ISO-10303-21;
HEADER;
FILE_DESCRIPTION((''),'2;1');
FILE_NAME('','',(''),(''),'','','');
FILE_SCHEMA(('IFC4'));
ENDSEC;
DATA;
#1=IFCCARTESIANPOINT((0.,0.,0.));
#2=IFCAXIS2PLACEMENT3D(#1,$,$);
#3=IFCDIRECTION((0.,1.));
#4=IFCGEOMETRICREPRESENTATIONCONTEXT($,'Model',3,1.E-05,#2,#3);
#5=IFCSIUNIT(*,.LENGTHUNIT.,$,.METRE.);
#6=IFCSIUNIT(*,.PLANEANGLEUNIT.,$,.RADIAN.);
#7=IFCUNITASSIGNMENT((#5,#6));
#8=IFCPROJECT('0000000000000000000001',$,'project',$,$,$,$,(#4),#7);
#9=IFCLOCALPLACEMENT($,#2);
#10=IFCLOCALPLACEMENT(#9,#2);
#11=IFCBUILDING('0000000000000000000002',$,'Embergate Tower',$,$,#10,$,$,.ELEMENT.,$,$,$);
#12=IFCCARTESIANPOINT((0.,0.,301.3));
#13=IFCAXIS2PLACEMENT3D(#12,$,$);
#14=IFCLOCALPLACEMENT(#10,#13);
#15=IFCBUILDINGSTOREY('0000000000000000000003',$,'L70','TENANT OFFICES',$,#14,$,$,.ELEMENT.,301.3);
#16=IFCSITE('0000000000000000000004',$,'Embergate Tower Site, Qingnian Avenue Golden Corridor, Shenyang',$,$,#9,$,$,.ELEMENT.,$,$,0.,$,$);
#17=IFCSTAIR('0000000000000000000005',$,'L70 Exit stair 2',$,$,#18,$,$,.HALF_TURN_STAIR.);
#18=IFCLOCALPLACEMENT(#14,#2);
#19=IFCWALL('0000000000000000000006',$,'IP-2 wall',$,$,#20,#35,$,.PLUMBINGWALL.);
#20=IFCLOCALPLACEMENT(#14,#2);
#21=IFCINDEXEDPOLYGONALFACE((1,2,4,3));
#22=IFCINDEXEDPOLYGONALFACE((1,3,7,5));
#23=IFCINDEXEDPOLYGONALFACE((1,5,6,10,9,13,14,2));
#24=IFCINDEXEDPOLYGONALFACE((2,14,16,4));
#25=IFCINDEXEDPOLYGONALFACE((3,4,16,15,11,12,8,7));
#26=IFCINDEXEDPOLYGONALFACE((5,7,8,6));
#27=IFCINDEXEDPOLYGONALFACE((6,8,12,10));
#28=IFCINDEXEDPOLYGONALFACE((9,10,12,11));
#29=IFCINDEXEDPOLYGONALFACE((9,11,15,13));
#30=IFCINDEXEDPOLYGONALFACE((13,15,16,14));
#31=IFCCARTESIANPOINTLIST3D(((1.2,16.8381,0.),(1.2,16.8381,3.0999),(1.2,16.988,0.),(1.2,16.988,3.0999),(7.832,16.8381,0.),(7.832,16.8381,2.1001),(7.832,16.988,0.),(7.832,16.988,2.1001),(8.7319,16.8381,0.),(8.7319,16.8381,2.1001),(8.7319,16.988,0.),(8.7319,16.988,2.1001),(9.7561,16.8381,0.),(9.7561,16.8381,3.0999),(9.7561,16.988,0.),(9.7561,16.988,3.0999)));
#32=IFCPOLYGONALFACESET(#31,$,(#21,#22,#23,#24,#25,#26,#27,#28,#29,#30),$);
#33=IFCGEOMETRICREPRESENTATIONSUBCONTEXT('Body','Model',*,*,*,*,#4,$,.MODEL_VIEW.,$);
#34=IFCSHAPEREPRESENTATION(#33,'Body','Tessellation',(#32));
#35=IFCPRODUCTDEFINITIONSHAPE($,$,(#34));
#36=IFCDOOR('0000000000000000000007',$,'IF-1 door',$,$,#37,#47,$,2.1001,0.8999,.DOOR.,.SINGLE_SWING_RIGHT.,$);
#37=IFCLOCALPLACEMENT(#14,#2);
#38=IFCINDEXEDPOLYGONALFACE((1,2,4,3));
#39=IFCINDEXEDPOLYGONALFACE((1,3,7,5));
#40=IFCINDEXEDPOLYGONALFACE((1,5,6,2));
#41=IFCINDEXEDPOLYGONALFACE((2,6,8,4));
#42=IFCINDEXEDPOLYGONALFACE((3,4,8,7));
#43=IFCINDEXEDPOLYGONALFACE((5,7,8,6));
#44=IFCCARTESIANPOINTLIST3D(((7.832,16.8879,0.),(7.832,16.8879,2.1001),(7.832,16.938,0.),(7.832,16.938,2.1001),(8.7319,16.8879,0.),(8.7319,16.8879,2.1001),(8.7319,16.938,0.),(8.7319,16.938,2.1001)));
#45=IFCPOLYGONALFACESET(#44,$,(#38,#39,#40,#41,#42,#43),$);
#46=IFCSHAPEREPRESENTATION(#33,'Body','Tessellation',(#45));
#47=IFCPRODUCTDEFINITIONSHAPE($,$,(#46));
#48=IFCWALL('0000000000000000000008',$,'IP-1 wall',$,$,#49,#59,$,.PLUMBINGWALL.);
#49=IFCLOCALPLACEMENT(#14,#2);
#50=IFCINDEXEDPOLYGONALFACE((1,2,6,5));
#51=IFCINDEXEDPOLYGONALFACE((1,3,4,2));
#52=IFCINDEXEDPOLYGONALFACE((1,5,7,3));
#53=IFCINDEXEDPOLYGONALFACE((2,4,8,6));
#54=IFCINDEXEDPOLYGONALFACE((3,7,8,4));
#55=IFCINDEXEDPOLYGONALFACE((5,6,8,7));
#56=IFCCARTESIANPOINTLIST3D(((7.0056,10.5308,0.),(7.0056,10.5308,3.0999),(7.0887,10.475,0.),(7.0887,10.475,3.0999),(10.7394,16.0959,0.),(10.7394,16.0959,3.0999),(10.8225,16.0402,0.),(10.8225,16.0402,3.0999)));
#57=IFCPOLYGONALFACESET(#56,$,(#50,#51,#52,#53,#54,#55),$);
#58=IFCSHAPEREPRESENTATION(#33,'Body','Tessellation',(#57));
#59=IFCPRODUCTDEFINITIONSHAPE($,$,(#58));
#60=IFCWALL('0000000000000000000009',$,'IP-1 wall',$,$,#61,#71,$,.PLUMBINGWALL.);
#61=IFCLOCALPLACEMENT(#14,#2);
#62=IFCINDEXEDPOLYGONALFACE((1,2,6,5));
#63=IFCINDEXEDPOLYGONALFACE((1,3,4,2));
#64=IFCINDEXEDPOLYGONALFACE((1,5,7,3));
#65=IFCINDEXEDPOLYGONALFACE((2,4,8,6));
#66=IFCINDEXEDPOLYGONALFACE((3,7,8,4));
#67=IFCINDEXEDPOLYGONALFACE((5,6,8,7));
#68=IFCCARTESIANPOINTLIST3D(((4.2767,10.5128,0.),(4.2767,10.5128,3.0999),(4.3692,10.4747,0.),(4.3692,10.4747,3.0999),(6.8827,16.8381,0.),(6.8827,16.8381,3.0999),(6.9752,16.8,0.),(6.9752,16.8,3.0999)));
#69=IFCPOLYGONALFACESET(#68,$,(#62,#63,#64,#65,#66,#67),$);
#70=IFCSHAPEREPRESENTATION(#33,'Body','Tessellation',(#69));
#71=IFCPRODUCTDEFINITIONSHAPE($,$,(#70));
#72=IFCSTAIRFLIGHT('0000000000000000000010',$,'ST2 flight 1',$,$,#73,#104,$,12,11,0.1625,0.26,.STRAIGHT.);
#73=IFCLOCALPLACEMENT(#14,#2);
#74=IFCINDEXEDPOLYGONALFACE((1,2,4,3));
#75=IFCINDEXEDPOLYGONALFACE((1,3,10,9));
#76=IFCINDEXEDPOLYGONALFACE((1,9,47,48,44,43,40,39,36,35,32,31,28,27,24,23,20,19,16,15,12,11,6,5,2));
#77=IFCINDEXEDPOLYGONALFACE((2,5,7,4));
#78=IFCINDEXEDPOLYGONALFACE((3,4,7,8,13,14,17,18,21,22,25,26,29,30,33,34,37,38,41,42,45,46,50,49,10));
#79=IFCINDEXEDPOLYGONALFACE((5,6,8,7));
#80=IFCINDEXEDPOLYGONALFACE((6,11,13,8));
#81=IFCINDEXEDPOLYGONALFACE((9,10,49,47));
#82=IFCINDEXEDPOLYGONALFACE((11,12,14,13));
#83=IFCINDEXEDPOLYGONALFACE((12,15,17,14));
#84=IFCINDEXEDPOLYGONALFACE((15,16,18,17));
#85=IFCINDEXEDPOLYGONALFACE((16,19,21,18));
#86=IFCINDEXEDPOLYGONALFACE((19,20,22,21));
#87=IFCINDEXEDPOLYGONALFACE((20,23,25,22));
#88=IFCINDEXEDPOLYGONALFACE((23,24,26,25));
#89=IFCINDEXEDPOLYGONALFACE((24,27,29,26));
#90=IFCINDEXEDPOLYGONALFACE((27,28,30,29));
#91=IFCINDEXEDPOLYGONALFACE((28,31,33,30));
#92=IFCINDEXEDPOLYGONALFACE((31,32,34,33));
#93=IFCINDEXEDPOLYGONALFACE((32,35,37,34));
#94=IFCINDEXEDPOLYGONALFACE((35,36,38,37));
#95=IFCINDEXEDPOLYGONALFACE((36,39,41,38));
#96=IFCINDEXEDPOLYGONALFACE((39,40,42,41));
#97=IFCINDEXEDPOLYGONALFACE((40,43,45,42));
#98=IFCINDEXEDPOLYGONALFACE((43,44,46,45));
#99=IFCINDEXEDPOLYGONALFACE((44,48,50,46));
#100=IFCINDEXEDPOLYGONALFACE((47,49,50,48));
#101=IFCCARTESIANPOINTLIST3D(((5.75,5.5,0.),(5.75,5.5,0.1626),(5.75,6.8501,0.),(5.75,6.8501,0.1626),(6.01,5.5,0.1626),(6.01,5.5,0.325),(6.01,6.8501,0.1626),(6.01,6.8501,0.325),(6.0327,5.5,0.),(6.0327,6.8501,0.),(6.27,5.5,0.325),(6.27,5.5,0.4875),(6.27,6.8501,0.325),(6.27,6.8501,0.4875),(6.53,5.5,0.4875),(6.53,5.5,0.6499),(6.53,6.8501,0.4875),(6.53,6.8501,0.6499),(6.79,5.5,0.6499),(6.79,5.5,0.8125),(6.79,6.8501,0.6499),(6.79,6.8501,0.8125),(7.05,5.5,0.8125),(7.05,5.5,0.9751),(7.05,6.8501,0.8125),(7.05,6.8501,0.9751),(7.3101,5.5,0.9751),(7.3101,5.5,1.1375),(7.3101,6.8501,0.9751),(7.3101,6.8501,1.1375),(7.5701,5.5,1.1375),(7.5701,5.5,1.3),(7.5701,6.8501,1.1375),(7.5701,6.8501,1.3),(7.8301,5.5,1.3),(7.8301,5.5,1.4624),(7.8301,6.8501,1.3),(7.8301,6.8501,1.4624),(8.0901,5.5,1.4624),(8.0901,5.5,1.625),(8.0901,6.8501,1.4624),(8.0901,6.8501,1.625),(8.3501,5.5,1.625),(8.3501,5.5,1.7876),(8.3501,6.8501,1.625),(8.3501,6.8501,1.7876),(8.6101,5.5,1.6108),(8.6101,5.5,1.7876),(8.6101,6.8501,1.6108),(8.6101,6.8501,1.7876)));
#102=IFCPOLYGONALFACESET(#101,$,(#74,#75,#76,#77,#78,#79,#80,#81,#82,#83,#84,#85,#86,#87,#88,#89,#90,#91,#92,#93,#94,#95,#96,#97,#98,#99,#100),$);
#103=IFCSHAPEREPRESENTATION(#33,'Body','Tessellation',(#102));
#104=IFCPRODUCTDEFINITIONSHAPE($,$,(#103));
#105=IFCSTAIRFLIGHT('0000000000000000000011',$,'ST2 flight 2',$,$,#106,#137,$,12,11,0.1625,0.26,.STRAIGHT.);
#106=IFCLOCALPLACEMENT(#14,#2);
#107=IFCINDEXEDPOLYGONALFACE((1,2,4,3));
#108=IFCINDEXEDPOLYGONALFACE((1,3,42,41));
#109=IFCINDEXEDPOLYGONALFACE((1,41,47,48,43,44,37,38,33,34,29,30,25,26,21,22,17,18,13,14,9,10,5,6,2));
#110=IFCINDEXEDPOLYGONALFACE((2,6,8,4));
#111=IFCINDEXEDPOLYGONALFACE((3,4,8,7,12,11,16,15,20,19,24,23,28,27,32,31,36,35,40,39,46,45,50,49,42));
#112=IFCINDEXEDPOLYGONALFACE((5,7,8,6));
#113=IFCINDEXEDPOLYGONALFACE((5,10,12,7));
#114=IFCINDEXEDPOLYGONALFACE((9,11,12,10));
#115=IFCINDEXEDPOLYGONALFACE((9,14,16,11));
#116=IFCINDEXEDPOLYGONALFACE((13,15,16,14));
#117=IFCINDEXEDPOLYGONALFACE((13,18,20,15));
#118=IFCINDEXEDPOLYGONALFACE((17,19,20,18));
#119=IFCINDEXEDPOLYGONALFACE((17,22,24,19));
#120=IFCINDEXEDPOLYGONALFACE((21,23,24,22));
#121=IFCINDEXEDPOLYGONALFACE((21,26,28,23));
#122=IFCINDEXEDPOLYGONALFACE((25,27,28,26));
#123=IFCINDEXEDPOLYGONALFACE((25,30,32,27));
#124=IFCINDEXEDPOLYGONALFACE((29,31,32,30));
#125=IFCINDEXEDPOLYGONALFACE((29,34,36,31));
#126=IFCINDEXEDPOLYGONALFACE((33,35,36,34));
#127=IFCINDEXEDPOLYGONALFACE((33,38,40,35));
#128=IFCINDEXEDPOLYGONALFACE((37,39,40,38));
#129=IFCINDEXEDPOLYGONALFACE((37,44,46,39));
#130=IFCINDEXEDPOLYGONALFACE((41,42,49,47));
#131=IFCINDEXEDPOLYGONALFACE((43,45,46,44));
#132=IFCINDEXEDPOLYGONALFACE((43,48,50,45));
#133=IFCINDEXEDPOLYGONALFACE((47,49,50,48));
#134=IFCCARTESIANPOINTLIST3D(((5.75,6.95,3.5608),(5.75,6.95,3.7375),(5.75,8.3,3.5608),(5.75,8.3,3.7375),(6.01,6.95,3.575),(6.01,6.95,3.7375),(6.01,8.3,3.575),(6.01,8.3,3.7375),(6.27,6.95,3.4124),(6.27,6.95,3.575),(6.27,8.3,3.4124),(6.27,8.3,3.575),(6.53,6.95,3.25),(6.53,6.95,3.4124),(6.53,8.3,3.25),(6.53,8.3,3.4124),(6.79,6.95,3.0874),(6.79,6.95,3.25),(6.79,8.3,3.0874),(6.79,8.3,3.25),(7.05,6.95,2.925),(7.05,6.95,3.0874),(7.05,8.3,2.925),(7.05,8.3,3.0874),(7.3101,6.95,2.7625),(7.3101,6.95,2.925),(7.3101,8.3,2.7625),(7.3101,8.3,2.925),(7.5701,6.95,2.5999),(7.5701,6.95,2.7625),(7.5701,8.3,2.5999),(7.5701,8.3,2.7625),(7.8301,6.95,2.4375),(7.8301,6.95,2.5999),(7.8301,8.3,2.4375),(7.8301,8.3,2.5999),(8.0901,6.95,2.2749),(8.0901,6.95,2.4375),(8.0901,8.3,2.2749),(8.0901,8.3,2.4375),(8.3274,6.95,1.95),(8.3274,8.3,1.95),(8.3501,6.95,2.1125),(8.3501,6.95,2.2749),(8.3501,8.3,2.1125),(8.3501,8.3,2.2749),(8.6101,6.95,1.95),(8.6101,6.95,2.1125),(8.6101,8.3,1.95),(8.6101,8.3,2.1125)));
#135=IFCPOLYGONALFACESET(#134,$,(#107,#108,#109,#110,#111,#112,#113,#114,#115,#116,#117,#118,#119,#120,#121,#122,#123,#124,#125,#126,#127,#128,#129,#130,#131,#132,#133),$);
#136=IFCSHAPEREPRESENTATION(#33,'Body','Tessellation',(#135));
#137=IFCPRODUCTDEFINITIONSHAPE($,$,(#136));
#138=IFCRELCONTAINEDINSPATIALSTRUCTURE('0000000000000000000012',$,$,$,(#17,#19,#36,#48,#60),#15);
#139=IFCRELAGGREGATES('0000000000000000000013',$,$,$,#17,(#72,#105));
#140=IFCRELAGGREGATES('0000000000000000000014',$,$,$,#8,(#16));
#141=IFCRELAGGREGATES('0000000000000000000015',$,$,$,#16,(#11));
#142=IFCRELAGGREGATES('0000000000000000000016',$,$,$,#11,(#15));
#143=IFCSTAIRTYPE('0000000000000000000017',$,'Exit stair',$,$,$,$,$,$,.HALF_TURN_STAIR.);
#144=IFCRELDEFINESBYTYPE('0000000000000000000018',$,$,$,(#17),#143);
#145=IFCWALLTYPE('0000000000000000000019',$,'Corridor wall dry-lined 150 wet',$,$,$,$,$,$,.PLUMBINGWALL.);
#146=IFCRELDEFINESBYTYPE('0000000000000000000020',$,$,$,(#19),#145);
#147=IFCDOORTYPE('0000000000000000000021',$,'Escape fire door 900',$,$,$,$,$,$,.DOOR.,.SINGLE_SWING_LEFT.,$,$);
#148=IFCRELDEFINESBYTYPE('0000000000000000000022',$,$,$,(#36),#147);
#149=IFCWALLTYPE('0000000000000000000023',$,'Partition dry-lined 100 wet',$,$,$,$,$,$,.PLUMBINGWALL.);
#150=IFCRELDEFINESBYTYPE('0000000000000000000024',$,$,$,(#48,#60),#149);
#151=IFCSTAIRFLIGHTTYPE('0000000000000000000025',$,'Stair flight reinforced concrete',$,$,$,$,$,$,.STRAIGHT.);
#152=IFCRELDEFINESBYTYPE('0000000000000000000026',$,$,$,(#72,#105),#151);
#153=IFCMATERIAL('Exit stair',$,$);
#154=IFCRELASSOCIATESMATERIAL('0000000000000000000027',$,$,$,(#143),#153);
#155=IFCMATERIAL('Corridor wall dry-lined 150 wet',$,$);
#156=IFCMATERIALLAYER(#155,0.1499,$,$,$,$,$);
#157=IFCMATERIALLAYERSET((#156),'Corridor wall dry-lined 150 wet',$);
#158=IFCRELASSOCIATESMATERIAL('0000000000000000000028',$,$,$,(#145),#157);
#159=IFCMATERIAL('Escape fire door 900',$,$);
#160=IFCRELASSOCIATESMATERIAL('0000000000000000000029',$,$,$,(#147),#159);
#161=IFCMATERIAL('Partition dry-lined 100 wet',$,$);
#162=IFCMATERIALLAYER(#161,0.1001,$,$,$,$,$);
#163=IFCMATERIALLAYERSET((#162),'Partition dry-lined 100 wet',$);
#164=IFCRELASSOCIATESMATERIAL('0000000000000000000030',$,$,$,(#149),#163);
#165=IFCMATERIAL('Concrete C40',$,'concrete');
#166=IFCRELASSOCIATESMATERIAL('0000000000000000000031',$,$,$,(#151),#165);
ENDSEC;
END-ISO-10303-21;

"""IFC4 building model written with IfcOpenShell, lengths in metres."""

from ifc_helpers import new_model, si_unit, direction, frame, frame_2d, origin, place, context, subcontext, project, spatial, polyline, rectangle, outline, extrude, source, transform, mapped, material, layer, layer_set, type_object, element, fill, aggregate, save


model = new_model("IFC4")

# Units and contexts
model_context = context("Model", 3, precision=1e-05, world=origin(), true_north=direction((0.0, 1.0)))
body_context = subcontext(model_context, "Body", "Model", "MODEL_VIEW")
ifc_project = project(units=[si_unit("LENGTHUNIT", "METRE"), si_unit("PLANEANGLEUNIT", "RADIAN")], contexts=[model_context])

# Site, building, storey
site_placement = place(None, origin())
site = spatial("IfcSite", under=ifc_project, at=site_placement, Name="Embergate Tower Site, Qingnian Avenue Golden Corridor, Shenyang", CompositionType="ELEMENT", RefElevation=0.0)
building_placement = place(site_placement, origin())
building = spatial("IfcBuilding", under=site, at=building_placement, Name="Embergate Tower", CompositionType="ELEMENT")
storey_placement = place(building_placement, frame((0.0, 0.0, 301.3)))
storey = spatial("IfcBuildingStorey", under=building, at=storey_placement, Name="L70", Description="TENANT OFFICES", CompositionType="ELEMENT", Elevation=301.3)

# Stair
ifc_material_1 = material(Name="Exit stair")
stair_type = type_object("IfcStairType", Name="Exit stair", PredefinedType="HALF_TURN_STAIR", material=ifc_material_1)
stair_placement = place(storey_placement, origin())
stair = element("IfcStair", 1, at=stair_placement, inside=storey, type_object=stair_type, Name="L70 Exit stair 2", PredefinedType="HALF_TURN_STAIR")
ifc_material_2 = material(Name="Concrete C40", Category="concrete")

# Shared definitions
ifc_material_3 = material(Name="Corridor wall dry-lined 150 wet")
ifc_layer_1 = layer(ifc_material_3, 0.1499)
ifc_layer_set_1 = layer_set([ifc_layer_1], Name="Corridor wall dry-lined 150 wet")
wall_type_1 = type_object("IfcWallType", Name="Corridor wall dry-lined 150 wet", PredefinedType="PLUMBINGWALL", material=ifc_layer_set_1)
shared_shape_1 = source(origin(), body_context, "Body", "SweptSolid", [
    extrude(rectangle(XDim=0.8999, YDim=2.1001, at=frame_2d((0.45, 1.05))), frame((0.0, 0.085, 0.0), z_axis=(0.0, -1.0, 0.0), x_axis=(1.0, 0.0, 0.0)), (0.0, 0.0, 1.0), 0.1699),
])
ifc_material_4 = material(Name="Escape fire door 900")
door_type_1 = type_object("IfcDoorType", Name="Escape fire door 900", OperationType="SINGLE_SWING_LEFT", PredefinedType="DOOR", material=ifc_material_4)
shared_shape_2 = source(origin(), body_context, "Body", "SweptSolid", [
    extrude(rectangle(XDim=0.8999, YDim=2.1001, at=frame_2d((0.45, 1.05))), frame((0.0, 0.0249, 0.0), z_axis=(0.0, -1.0, 0.0), x_axis=(1.0, 0.0, 0.0)), (0.0, 0.0, 1.0), 0.05),
])

# Shared definitions
ifc_material_5 = material(Name="Partition dry-lined 100 wet")
ifc_layer_2 = layer(ifc_material_5, 0.1001)
ifc_layer_set_2 = layer_set([ifc_layer_2], Name="Partition dry-lined 100 wet")
wall_type_2 = type_object("IfcWallType", Name="Partition dry-lined 100 wet", PredefinedType="PLUMBINGWALL", material=ifc_layer_set_2)

# Wall, opening, door
shared_shape_3 = source(origin(), body_context, "Body", "SweptSolid", [
    extrude(rectangle(XDim=8.5562, YDim=0.1499, at=frame_2d((4.2781, 0.0))), origin(), (0.0, 0.0, 1.0), 3.0999),
])
wall_1_placement = place(storey_placement, frame((1.2, 16.9131, 0.0), z_axis=(0.0, 0.0, 1.0), x_axis=(1.0, 0.0, 0.0)))
wall_1 = element("IfcWall", 2, at=wall_1_placement, inside=storey, type_object=wall_type_1, Name="IP-2 wall", PredefinedType="PLUMBINGWALL", context=body_context, shape_type="MappedRepresentation", body=[
    mapped(shared_shape_3, transform((0.0, 0.0, 0.0))),
])
opening_1_placement = place(wall_1_placement, frame((6.6321, 0.0, 0.0)))
opening_1 = element("IfcOpeningElement", 3, at=opening_1_placement, cuts=wall_1, PredefinedType="OPENING", context=body_context, shape_type="MappedRepresentation", body=[
    mapped(shared_shape_1, transform((0.0, 0.0, 0.0))),
])
door_1_placement = place(opening_1_placement, origin())
door_1 = element("IfcDoor", 4, at=door_1_placement, inside=storey, type_object=door_type_1, Name="IF-1 door", OperationType="SINGLE_SWING_RIGHT", OverallHeight=2.1001, OverallWidth=0.8999, PredefinedType="DOOR", context=body_context, shape_type="MappedRepresentation", body=[
    mapped(shared_shape_2, transform((0.0, 0.0, 0.0))),
])
fill(opening_1, door_1)

# Walls
shared_shape_4 = source(origin(), body_context, "Body", "SweptSolid", [
    extrude(rectangle(XDim=6.7017, YDim=0.1001, at=frame_2d((3.3508, 0.0))), origin(), (0.0, 0.0, 1.0), 3.0999),
])
wall_2_placement = place(storey_placement, frame((7.0471, 10.5029, 0.0), z_axis=(0.0, 0.0, 1.0), x_axis=(0.557153, 0.83041, 0.0)))
element("IfcWall", 5, at=wall_2_placement, inside=storey, type_object=wall_type_2, Name="IP-1 wall", PredefinedType="PLUMBINGWALL", context=body_context, shape_type="MappedRepresentation", body=[
    mapped(shared_shape_4, transform((0.0, 0.0, 0.0))),
])
shared_shape_5 = source(origin(), body_context, "Body", "SweptSolid", [
    extrude(rectangle(XDim=6.8411, YDim=0.1001, at=frame_2d((3.4204, 0.0))), origin(), (0.0, 0.0, 1.0), 3.0999),
])
wall_3_placement = place(storey_placement, frame((4.323, 10.4939, 0.0), z_axis=(0.0, 0.0, 1.0), x_axis=(0.380933, 0.924603, 0.0)))
element("IfcWall", 6, at=wall_3_placement, inside=storey, type_object=wall_type_2, Name="IP-1 wall", PredefinedType="PLUMBINGWALL", context=body_context, shape_type="MappedRepresentation", body=[
    mapped(shared_shape_5, transform((0.0, 0.0, 0.0))),
])

# Stair flights
stair_flight_type = type_object("IfcStairFlightType", Name="Stair flight reinforced concrete", PredefinedType="STRAIGHT", material=ifc_material_2)
shared_shape_6 = source(origin(), body_context, "Body", "SweptSolid", [
    extrude(outline(polyline([(0.0, 0.0), (0.0, 0.1626), (0.26, 0.1626), (0.26, 0.325), (0.52, 0.325), (0.52, 0.4875), (0.78, 0.4875), (0.78, 0.6499), (1.04, 0.6499), (1.04, 0.8125), (1.3, 0.8125), (1.3, 0.9751), (1.5601, 0.9751), (1.5601, 1.1375), (1.8201, 1.1375), (1.8201, 1.3), (2.0801, 1.3), (2.0801, 1.4624), (2.3401, 1.4624), (2.3401, 1.625), (2.6001, 1.625), (2.6001, 1.7876), (2.8601, 1.7876), (2.8601, 1.95), (2.8601, 1.6108), (0.2827, 0.0), (0.0, 0.0)])), frame((0.0, 0.675, 0.0), z_axis=(0.0, -1.0, 0.0), x_axis=(1.0, 0.0, 0.0)), (0.0, 0.0, 1.0), 1.3501),
])
stair_flight_1_placement = place(storey_placement, frame((5.75, 6.175, 0.0), z_axis=(0.0, 0.0, 1.0), x_axis=(1.0, 0.0, 0.0)))
stair_flight_1 = element("IfcStairFlight", 7, at=stair_flight_1_placement, type_object=stair_flight_type, Name="ST2 flight 1", NumberOfRisers=12, NumberOfTreads=11, PredefinedType="STRAIGHT", RiserHeight=0.1625, TreadLength=0.26, context=body_context, shape_type="MappedRepresentation", body=[
    mapped(shared_shape_6, transform((0.0, 0.0, 0.0))),
])
stair_flight_2_placement = place(storey_placement, frame((8.6101, 7.625, 1.95), z_axis=(0.0, 0.0, 1.0), x_axis=(-1.0, 0.0, 0.0)))
stair_flight_2 = element("IfcStairFlight", 8, at=stair_flight_2_placement, type_object=stair_flight_type, Name="ST2 flight 2", NumberOfRisers=12, NumberOfTreads=11, PredefinedType="STRAIGHT", RiserHeight=0.1625, TreadLength=0.26, context=body_context, shape_type="MappedRepresentation", body=[
    mapped(shared_shape_6, transform((0.0, 0.0, 0.0))),
])
aggregate(stair, [stair_flight_1, stair_flight_2])

save(model, "model.ifc")
